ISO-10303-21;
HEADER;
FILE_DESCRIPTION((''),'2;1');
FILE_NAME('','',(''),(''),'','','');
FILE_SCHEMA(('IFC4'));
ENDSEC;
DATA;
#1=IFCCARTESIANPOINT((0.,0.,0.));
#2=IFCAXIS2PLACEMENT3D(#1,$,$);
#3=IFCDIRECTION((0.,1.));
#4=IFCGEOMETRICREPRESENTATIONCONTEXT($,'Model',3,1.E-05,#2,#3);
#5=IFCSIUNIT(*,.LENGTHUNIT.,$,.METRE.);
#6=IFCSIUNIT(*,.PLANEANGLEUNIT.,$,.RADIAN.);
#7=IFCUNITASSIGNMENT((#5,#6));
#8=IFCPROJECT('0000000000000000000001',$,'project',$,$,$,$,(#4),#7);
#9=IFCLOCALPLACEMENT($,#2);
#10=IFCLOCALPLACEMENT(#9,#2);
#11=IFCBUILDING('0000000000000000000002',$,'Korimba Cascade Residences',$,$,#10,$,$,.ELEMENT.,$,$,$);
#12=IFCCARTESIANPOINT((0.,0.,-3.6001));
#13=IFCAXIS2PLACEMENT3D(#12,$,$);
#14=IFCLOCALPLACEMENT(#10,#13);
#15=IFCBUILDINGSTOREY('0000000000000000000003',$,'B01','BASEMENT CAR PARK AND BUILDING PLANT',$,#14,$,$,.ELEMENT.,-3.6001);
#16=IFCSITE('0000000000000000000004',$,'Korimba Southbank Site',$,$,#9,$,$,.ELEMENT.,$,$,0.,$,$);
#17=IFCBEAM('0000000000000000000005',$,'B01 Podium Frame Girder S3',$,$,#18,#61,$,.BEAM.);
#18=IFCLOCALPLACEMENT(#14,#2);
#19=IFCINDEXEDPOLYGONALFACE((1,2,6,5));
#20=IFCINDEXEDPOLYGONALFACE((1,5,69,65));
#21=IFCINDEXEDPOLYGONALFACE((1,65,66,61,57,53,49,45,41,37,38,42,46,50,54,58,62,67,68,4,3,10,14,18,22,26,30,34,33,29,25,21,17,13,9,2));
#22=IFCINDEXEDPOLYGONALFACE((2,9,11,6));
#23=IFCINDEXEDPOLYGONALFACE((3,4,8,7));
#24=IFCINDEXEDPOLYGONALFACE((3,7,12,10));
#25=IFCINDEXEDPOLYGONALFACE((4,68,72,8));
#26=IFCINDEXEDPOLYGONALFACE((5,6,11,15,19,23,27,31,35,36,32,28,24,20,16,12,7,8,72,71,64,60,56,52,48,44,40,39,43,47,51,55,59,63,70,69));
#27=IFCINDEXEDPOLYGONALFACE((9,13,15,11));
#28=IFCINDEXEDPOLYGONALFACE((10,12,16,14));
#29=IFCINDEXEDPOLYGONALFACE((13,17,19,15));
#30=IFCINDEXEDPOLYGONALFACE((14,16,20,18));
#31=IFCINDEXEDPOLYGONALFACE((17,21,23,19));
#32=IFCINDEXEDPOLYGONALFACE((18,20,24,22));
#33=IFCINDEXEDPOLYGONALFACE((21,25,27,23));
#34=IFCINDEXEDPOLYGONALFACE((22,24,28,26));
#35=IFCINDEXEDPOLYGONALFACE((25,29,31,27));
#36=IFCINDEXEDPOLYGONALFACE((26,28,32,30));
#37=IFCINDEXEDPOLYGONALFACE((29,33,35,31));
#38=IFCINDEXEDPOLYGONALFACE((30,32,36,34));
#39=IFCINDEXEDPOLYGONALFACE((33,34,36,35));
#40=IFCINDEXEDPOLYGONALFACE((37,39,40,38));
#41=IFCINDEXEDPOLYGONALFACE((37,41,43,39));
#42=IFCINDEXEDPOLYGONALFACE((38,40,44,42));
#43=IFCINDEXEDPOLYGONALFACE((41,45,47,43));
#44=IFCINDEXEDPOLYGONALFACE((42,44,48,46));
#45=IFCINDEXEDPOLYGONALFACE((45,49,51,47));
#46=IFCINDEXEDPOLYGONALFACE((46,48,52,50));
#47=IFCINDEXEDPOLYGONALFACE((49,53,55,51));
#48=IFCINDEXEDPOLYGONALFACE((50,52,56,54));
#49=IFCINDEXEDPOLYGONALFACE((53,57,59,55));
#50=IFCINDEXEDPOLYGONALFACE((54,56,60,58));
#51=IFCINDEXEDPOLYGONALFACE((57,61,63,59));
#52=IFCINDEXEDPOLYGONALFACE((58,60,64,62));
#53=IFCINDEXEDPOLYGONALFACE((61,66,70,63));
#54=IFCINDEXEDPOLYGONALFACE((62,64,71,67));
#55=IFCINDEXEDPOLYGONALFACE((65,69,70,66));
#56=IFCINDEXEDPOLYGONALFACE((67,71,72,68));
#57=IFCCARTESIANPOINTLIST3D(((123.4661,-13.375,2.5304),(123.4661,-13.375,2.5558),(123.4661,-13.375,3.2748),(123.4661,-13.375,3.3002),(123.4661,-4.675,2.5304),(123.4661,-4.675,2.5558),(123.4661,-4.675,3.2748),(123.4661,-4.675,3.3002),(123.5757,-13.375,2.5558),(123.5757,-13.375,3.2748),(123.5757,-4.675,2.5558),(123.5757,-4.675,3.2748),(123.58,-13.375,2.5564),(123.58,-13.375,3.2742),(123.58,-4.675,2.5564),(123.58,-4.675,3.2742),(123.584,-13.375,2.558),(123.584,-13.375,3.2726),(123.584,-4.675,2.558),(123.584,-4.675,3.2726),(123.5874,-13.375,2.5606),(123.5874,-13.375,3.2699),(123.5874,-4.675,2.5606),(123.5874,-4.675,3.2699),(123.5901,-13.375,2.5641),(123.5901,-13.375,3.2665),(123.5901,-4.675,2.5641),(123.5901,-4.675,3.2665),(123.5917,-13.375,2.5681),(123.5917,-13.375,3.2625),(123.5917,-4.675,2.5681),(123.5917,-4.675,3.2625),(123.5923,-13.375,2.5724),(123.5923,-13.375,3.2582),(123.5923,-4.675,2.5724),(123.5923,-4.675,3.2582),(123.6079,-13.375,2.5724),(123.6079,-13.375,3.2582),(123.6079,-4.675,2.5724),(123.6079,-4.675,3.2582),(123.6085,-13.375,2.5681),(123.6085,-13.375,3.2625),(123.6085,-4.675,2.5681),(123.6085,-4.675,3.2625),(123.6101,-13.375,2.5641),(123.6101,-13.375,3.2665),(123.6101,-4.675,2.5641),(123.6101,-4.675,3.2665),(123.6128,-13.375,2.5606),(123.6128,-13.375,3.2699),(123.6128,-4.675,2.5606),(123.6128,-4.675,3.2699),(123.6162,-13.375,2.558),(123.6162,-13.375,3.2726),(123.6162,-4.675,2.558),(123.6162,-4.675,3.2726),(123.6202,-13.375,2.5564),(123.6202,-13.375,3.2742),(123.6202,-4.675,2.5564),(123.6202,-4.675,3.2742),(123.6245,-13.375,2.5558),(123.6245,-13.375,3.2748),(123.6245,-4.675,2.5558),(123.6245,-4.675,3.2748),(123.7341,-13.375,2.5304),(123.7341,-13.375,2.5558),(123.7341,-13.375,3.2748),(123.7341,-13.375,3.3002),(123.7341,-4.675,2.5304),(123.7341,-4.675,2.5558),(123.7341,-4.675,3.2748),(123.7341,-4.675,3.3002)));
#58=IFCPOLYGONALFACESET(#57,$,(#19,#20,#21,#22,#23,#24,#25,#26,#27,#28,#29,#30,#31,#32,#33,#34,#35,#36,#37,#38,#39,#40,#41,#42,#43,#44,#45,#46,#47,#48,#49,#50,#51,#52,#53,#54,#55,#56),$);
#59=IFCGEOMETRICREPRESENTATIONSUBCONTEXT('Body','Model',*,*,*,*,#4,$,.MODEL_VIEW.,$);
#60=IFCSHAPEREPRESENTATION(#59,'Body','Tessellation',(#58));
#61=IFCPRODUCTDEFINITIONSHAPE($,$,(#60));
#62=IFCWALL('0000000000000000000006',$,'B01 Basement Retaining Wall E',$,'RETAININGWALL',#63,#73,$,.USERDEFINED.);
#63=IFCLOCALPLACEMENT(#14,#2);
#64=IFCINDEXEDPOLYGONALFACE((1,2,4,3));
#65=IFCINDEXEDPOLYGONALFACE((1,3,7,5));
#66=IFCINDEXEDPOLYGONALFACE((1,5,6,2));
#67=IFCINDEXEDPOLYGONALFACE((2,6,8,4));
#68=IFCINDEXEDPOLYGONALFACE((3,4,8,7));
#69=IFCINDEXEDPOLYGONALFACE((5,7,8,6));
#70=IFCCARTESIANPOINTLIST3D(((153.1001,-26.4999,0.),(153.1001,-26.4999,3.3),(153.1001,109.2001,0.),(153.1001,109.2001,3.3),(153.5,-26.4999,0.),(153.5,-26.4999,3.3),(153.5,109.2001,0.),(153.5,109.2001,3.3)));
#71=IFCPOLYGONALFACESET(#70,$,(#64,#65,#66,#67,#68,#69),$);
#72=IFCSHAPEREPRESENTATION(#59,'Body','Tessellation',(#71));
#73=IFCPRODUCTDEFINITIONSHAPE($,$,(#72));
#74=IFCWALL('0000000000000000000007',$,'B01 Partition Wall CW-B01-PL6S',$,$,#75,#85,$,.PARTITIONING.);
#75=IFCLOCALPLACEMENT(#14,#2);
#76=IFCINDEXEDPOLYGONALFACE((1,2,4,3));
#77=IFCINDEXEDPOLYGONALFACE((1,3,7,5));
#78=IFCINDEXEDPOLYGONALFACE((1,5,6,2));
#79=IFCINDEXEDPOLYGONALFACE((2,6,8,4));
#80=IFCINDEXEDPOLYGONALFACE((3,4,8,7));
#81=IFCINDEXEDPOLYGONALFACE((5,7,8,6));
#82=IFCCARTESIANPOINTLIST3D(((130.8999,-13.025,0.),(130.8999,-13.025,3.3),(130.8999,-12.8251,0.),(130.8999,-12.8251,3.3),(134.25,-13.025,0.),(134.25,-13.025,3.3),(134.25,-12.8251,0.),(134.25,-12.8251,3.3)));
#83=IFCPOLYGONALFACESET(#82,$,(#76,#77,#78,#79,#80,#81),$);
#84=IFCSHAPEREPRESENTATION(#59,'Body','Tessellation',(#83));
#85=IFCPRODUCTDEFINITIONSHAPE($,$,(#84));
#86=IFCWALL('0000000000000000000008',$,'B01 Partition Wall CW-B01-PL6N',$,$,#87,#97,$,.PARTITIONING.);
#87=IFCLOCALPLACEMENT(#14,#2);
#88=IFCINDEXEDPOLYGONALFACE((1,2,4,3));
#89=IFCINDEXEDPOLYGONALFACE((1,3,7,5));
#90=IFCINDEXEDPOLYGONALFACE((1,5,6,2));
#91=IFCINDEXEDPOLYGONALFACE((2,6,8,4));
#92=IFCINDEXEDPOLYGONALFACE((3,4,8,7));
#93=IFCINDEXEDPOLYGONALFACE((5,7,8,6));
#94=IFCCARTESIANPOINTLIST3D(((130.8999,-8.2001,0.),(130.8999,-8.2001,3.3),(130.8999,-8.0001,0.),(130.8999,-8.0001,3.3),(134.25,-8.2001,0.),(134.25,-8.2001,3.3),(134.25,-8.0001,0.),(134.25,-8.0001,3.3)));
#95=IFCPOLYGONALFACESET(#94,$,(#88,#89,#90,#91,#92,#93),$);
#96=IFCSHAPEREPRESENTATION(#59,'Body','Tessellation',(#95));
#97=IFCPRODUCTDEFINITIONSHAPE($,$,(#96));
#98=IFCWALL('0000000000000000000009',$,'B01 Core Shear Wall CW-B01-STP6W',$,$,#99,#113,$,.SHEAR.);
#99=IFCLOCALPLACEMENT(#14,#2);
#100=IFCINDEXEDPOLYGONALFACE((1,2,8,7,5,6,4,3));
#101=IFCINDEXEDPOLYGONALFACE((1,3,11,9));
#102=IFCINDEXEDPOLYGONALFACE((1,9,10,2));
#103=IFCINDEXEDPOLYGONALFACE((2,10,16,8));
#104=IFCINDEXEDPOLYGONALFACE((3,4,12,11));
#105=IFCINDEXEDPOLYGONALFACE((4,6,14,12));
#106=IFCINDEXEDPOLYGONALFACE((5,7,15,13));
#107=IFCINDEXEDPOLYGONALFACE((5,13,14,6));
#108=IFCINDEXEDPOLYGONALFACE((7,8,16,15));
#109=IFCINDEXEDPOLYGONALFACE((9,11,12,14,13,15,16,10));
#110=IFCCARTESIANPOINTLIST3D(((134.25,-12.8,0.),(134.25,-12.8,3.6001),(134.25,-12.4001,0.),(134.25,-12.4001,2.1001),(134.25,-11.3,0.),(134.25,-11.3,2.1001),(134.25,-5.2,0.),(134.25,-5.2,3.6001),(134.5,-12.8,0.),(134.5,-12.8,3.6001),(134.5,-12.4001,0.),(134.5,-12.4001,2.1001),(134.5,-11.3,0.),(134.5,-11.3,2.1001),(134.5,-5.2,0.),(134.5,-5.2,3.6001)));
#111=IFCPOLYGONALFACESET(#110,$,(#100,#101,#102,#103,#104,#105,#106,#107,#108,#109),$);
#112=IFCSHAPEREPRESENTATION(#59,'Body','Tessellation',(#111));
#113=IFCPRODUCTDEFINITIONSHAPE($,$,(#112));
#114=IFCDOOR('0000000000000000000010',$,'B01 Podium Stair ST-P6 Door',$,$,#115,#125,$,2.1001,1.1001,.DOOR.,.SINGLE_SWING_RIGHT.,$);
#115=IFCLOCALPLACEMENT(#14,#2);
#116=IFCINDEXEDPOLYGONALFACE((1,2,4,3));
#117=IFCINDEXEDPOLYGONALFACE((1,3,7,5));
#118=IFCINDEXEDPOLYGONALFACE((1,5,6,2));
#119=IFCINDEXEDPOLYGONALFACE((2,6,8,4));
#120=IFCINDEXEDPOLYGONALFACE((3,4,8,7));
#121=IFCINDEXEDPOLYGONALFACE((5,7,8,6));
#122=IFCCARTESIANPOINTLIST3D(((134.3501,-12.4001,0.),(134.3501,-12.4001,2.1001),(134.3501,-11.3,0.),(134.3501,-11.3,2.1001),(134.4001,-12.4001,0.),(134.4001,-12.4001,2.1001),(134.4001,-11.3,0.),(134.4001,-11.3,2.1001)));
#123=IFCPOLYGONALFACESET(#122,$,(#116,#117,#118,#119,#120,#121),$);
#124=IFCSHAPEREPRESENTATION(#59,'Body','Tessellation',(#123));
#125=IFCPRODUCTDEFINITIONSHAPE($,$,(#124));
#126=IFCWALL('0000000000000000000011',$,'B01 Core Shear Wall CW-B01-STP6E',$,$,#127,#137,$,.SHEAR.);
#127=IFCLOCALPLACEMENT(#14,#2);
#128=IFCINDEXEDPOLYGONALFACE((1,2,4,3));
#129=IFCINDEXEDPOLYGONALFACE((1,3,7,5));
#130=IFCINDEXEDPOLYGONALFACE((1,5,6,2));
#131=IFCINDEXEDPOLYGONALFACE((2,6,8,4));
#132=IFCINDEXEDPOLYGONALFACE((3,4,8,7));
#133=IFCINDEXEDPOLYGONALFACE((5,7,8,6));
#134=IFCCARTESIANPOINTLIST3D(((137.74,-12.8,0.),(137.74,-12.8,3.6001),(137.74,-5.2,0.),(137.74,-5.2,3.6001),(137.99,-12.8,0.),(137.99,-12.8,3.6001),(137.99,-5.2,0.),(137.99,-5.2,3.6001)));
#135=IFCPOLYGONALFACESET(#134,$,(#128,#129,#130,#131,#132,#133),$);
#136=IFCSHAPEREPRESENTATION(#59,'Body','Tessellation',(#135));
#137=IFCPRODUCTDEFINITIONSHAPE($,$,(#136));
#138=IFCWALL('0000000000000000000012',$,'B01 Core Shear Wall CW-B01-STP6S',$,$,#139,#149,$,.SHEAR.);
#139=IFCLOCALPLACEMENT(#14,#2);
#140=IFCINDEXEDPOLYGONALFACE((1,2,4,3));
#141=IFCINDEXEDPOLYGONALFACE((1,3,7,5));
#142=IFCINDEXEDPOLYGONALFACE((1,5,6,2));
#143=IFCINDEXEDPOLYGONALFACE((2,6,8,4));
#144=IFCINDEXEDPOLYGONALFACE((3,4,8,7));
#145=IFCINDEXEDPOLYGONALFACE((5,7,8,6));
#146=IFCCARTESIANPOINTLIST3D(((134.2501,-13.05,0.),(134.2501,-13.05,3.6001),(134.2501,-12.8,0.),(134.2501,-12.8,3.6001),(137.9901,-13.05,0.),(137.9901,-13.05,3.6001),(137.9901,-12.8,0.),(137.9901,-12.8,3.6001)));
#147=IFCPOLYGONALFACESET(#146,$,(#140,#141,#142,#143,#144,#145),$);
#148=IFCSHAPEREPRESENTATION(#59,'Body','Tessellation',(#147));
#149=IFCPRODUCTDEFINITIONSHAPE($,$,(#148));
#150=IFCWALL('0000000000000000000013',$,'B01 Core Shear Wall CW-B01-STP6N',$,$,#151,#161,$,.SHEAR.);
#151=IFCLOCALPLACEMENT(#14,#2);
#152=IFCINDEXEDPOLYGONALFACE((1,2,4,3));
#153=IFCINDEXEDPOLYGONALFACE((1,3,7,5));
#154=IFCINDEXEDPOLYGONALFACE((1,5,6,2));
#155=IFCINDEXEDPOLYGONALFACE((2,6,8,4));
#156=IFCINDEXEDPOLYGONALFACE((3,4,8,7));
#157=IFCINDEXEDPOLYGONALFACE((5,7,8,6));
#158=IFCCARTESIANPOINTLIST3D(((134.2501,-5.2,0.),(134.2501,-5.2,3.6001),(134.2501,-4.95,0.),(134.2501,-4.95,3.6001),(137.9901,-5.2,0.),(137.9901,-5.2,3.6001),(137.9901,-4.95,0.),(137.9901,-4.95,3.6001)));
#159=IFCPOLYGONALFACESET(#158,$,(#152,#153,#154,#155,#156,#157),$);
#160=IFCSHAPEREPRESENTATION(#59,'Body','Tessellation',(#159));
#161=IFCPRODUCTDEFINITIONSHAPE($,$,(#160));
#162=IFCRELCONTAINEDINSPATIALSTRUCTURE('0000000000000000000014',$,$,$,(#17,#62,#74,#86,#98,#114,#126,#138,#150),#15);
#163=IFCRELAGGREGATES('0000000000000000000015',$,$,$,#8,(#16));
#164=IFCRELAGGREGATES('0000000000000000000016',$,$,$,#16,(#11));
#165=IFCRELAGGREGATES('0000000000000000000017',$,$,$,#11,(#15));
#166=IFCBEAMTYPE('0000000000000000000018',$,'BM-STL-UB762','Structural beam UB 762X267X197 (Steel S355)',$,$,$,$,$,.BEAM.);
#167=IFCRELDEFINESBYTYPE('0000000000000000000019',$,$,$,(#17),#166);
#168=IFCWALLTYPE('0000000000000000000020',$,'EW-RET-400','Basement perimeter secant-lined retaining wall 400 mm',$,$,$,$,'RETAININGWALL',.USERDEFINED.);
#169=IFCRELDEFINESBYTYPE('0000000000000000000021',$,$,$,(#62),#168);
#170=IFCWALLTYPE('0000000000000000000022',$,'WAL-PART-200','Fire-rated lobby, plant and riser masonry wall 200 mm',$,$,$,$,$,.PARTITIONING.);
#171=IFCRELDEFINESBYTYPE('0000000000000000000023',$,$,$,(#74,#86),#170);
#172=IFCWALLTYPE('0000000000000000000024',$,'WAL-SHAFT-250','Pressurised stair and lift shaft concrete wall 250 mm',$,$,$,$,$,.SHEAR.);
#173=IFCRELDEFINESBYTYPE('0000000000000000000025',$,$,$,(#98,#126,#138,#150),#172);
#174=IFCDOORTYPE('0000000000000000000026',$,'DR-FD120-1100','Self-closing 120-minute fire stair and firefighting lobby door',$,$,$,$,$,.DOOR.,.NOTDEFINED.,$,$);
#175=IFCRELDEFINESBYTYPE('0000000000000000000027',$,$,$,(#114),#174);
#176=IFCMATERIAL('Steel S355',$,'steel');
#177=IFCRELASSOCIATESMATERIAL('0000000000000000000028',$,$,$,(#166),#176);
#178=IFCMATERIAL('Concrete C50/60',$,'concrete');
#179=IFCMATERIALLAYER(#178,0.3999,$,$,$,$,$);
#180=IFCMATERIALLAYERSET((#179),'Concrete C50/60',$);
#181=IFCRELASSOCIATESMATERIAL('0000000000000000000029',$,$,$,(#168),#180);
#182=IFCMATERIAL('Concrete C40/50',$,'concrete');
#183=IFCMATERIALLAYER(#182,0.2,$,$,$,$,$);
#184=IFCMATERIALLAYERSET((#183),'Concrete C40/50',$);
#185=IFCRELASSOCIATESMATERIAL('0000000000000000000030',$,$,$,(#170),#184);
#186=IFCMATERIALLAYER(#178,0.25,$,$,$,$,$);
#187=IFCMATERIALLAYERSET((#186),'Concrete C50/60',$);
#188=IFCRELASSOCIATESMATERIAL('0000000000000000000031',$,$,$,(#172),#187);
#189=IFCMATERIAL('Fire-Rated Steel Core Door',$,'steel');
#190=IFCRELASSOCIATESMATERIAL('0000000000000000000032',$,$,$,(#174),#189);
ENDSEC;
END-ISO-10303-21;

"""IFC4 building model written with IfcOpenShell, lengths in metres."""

from ifc_helpers import new_model, si_unit, direction, frame, frame_2d, origin, origin_2d, place, context, subcontext, project, spatial, rectangle, i_section, extrude, material, layer, layer_set, material_profile, profile_set, type_object, element, fill, save


model = new_model("IFC4")

# Units and contexts
model_context = context("Model", 3, precision=1e-05, world=origin(), true_north=direction((0.0, 1.0)))
body_context = subcontext(model_context, "Body", "Model", "MODEL_VIEW")
ifc_project = project(units=[si_unit("LENGTHUNIT", "METRE"), si_unit("PLANEANGLEUNIT", "RADIAN")], contexts=[model_context])

# Site, building, storey
site_placement = place(None, origin())
site = spatial("IfcSite", under=ifc_project, at=site_placement, Name="Korimba Southbank Site", CompositionType="ELEMENT", RefElevation=0.0)
building_placement = place(site_placement, origin())
building = spatial("IfcBuilding", under=site, at=building_placement, Name="Korimba Cascade Residences", CompositionType="ELEMENT")
storey_placement = place(building_placement, frame((0.0, 0.0, -3.6001)))
storey = spatial("IfcBuildingStorey", under=building, at=storey_placement, Name="B01", Description="BASEMENT CAR PARK AND BUILDING PLANT", CompositionType="ELEMENT", Elevation=-3.6001)

# Shared definitions
ifc_material_1 = material(Name="Concrete C50/60", Category="concrete")

# Beam
ifc_material_2 = material(Name="Steel S355", Category="steel")
ifc_material_profile_1 = material_profile(ifc_material_2, i_section(OverallWidth=0.2681, OverallDepth=0.7698, WebThickness=0.0156, FlangeThickness=0.0254, FilletRadius=0.0166, at=origin_2d()), Name="Steel S355")
ifc_profile_set_1 = profile_set([ifc_material_profile_1], Name="Steel S355")
beam_type_1 = type_object("IfcBeamType", Name="BM-STL-UB762", Description="Structural beam UB 762X267X197 (Steel S355)", PredefinedType="BEAM", material=ifc_profile_set_1)
beam_1_placement = place(storey_placement, frame((123.6001, -13.375, 2.9153), z_axis=(0.0, 1.0, 0.0), x_axis=(-1.0, 0.0, 0.0)))
element("IfcBeam", 1, at=beam_1_placement, inside=storey, type_object=beam_type_1, Name="B01 Podium Frame Girder S3", PredefinedType="BEAM", context=body_context, shape_type="SweptSolid", body=[
    extrude(i_section(OverallWidth=0.2681, OverallDepth=0.7698, WebThickness=0.0156, FlangeThickness=0.0254, FilletRadius=0.0166, at=origin_2d()), origin(), (0.0, 0.0, 1.0), 8.7),
])

# Wall
ifc_layer_1 = layer(ifc_material_1, 0.3999)
ifc_layer_set_1 = layer_set([ifc_layer_1], Name="Concrete C50/60")
wall_type_1 = type_object("IfcWallType", Name="EW-RET-400", Description="Basement perimeter secant-lined retaining wall 400 mm", ElementType="RETAININGWALL", PredefinedType="USERDEFINED", material=ifc_layer_set_1)
wall_1_placement = place(storey_placement, frame((153.3, -26.5, 0.0), z_axis=(0.0, 0.0, 1.0), x_axis=(0.0, 1.0, 0.0)))
element("IfcWall", 2, at=wall_1_placement, inside=storey, type_object=wall_type_1, Name="B01 Basement Retaining Wall E", ObjectType="RETAININGWALL", PredefinedType="USERDEFINED", context=body_context, shape_type="SweptSolid", body=[
    extrude(rectangle(XDim=135.7, YDim=0.3999, at=frame_2d((67.8501, 0.0))), origin(), (0.0, 0.0, 1.0), 3.3),
])

# Shared definitions
ifc_material_3 = material(Name="Concrete C40/50", Category="concrete")
ifc_layer_2 = layer(ifc_material_3, 0.2)
ifc_layer_set_2 = layer_set([ifc_layer_2], Name="Concrete C40/50")
wall_type_2 = type_object("IfcWallType", Name="WAL-PART-200", Description="Fire-rated lobby, plant and riser masonry wall 200 mm", PredefinedType="PARTITIONING", material=ifc_layer_set_2)

# Walls
for number, where, z_axis, x_axis, name in (
    (3, (130.8999, -12.925, 0.0), (0.0, 0.0, 1.0), (1.0, 0.0, 0.0), "B01 Partition Wall CW-B01-PL6S"),
    (4, (130.8999, -8.1001, 0.0), (0.0, 0.0, 1.0), (1.0, 0.0, 0.0), "B01 Partition Wall CW-B01-PL6N"),
):
    element("IfcWall", number, at=place(storey_placement, frame(where, z_axis=z_axis, x_axis=x_axis)), inside=storey, type_object=wall_type_2, Name=name, PredefinedType="PARTITIONING", context=body_context, shape_type="SweptSolid", body=[
        extrude(rectangle(XDim=3.3501, YDim=0.2, at=frame_2d((1.675, 0.0))), origin(), (0.0, 0.0, 1.0), 3.3),
    ])

# Wall, opening, door
ifc_layer_3 = layer(ifc_material_1, 0.25)
ifc_layer_set_3 = layer_set([ifc_layer_3], Name="Concrete C50/60")
wall_type_3 = type_object("IfcWallType", Name="WAL-SHAFT-250", Description="Pressurised stair and lift shaft concrete wall 250 mm", PredefinedType="SHEAR", material=ifc_layer_set_3)
wall_2_placement = place(storey_placement, frame((134.375, -12.8, 0.0), z_axis=(0.0, 0.0, 1.0), x_axis=(0.0, 1.0, 0.0)))
wall_2 = element("IfcWall", 5, at=wall_2_placement, inside=storey, type_object=wall_type_3, Name="B01 Core Shear Wall CW-B01-STP6W", PredefinedType="SHEAR", context=body_context, shape_type="SweptSolid", body=[
    extrude(rectangle(XDim=7.6001, YDim=0.25, at=frame_2d((3.8, 0.0))), origin(), (0.0, 0.0, 1.0), 3.6001),
])
opening_1_placement = place(wall_2_placement, frame((0.3999, 0.0, 0.0)))
opening_1 = element("IfcOpeningElement", 6, at=opening_1_placement, cuts=wall_2, PredefinedType="OPENING", context=body_context, shape_type="SweptSolid", body=[
    extrude(rectangle(XDim=1.1001, YDim=2.1001, at=frame_2d((0.55, 1.05))), frame((0.0, 0.135, 0.0), z_axis=(0.0, -1.0, 0.0), x_axis=(1.0, 0.0, 0.0)), (0.0, 0.0, 1.0), 0.27),
])
ifc_material_4 = material(Name="Fire-Rated Steel Core Door", Category="steel")
door_type_1 = type_object("IfcDoorType", Name="DR-FD120-1100", Description="Self-closing 120-minute fire stair and firefighting lobby door", OperationType="NOTDEFINED", PredefinedType="DOOR", material=ifc_material_4)
door_1_placement = place(opening_1_placement, origin())
door_1 = element("IfcDoor", 7, at=door_1_placement, inside=storey, type_object=door_type_1, Name="B01 Podium Stair ST-P6 Door", OperationType="SINGLE_SWING_RIGHT", OverallHeight=2.1001, OverallWidth=1.1001, PredefinedType="DOOR", context=body_context, shape_type="SweptSolid", body=[
    extrude(rectangle(XDim=1.1001, YDim=2.1001, at=frame_2d((0.55, 1.05))), frame((0.0, 0.0249, 0.0), z_axis=(0.0, -1.0, 0.0), x_axis=(1.0, 0.0, 0.0)), (0.0, 0.0, 1.0), 0.05),
])
fill(opening_1, door_1)

# Walls
wall_3_placement = place(storey_placement, frame((137.865, -12.8, 0.0), z_axis=(0.0, 0.0, 1.0), x_axis=(0.0, 1.0, 0.0)))
element("IfcWall", 8, at=wall_3_placement, inside=storey, type_object=wall_type_3, Name="B01 Core Shear Wall CW-B01-STP6E", PredefinedType="SHEAR", context=body_context, shape_type="SweptSolid", body=[
    extrude(rectangle(XDim=7.6001, YDim=0.25, at=frame_2d((3.8, 0.0))), origin(), (0.0, 0.0, 1.0), 3.6001),
])
for number, where, z_axis, x_axis, name in (
    (9, (134.25, -12.925, 0.0), (0.0, 0.0, 1.0), (1.0, 0.0, 0.0), "B01 Core Shear Wall CW-B01-STP6S"),
    (10, (134.25, -5.075, 0.0), (0.0, 0.0, 1.0), (1.0, 0.0, 0.0), "B01 Core Shear Wall CW-B01-STP6N"),
):
    element("IfcWall", number, at=place(storey_placement, frame(where, z_axis=z_axis, x_axis=x_axis)), inside=storey, type_object=wall_type_3, Name=name, PredefinedType="SHEAR", context=body_context, shape_type="SweptSolid", body=[
        extrude(rectangle(XDim=3.74, YDim=0.25, at=frame_2d((1.8701, 0.0))), origin(), (0.0, 0.0, 1.0), 3.6001),
    ])

save(model, "model.ifc")
